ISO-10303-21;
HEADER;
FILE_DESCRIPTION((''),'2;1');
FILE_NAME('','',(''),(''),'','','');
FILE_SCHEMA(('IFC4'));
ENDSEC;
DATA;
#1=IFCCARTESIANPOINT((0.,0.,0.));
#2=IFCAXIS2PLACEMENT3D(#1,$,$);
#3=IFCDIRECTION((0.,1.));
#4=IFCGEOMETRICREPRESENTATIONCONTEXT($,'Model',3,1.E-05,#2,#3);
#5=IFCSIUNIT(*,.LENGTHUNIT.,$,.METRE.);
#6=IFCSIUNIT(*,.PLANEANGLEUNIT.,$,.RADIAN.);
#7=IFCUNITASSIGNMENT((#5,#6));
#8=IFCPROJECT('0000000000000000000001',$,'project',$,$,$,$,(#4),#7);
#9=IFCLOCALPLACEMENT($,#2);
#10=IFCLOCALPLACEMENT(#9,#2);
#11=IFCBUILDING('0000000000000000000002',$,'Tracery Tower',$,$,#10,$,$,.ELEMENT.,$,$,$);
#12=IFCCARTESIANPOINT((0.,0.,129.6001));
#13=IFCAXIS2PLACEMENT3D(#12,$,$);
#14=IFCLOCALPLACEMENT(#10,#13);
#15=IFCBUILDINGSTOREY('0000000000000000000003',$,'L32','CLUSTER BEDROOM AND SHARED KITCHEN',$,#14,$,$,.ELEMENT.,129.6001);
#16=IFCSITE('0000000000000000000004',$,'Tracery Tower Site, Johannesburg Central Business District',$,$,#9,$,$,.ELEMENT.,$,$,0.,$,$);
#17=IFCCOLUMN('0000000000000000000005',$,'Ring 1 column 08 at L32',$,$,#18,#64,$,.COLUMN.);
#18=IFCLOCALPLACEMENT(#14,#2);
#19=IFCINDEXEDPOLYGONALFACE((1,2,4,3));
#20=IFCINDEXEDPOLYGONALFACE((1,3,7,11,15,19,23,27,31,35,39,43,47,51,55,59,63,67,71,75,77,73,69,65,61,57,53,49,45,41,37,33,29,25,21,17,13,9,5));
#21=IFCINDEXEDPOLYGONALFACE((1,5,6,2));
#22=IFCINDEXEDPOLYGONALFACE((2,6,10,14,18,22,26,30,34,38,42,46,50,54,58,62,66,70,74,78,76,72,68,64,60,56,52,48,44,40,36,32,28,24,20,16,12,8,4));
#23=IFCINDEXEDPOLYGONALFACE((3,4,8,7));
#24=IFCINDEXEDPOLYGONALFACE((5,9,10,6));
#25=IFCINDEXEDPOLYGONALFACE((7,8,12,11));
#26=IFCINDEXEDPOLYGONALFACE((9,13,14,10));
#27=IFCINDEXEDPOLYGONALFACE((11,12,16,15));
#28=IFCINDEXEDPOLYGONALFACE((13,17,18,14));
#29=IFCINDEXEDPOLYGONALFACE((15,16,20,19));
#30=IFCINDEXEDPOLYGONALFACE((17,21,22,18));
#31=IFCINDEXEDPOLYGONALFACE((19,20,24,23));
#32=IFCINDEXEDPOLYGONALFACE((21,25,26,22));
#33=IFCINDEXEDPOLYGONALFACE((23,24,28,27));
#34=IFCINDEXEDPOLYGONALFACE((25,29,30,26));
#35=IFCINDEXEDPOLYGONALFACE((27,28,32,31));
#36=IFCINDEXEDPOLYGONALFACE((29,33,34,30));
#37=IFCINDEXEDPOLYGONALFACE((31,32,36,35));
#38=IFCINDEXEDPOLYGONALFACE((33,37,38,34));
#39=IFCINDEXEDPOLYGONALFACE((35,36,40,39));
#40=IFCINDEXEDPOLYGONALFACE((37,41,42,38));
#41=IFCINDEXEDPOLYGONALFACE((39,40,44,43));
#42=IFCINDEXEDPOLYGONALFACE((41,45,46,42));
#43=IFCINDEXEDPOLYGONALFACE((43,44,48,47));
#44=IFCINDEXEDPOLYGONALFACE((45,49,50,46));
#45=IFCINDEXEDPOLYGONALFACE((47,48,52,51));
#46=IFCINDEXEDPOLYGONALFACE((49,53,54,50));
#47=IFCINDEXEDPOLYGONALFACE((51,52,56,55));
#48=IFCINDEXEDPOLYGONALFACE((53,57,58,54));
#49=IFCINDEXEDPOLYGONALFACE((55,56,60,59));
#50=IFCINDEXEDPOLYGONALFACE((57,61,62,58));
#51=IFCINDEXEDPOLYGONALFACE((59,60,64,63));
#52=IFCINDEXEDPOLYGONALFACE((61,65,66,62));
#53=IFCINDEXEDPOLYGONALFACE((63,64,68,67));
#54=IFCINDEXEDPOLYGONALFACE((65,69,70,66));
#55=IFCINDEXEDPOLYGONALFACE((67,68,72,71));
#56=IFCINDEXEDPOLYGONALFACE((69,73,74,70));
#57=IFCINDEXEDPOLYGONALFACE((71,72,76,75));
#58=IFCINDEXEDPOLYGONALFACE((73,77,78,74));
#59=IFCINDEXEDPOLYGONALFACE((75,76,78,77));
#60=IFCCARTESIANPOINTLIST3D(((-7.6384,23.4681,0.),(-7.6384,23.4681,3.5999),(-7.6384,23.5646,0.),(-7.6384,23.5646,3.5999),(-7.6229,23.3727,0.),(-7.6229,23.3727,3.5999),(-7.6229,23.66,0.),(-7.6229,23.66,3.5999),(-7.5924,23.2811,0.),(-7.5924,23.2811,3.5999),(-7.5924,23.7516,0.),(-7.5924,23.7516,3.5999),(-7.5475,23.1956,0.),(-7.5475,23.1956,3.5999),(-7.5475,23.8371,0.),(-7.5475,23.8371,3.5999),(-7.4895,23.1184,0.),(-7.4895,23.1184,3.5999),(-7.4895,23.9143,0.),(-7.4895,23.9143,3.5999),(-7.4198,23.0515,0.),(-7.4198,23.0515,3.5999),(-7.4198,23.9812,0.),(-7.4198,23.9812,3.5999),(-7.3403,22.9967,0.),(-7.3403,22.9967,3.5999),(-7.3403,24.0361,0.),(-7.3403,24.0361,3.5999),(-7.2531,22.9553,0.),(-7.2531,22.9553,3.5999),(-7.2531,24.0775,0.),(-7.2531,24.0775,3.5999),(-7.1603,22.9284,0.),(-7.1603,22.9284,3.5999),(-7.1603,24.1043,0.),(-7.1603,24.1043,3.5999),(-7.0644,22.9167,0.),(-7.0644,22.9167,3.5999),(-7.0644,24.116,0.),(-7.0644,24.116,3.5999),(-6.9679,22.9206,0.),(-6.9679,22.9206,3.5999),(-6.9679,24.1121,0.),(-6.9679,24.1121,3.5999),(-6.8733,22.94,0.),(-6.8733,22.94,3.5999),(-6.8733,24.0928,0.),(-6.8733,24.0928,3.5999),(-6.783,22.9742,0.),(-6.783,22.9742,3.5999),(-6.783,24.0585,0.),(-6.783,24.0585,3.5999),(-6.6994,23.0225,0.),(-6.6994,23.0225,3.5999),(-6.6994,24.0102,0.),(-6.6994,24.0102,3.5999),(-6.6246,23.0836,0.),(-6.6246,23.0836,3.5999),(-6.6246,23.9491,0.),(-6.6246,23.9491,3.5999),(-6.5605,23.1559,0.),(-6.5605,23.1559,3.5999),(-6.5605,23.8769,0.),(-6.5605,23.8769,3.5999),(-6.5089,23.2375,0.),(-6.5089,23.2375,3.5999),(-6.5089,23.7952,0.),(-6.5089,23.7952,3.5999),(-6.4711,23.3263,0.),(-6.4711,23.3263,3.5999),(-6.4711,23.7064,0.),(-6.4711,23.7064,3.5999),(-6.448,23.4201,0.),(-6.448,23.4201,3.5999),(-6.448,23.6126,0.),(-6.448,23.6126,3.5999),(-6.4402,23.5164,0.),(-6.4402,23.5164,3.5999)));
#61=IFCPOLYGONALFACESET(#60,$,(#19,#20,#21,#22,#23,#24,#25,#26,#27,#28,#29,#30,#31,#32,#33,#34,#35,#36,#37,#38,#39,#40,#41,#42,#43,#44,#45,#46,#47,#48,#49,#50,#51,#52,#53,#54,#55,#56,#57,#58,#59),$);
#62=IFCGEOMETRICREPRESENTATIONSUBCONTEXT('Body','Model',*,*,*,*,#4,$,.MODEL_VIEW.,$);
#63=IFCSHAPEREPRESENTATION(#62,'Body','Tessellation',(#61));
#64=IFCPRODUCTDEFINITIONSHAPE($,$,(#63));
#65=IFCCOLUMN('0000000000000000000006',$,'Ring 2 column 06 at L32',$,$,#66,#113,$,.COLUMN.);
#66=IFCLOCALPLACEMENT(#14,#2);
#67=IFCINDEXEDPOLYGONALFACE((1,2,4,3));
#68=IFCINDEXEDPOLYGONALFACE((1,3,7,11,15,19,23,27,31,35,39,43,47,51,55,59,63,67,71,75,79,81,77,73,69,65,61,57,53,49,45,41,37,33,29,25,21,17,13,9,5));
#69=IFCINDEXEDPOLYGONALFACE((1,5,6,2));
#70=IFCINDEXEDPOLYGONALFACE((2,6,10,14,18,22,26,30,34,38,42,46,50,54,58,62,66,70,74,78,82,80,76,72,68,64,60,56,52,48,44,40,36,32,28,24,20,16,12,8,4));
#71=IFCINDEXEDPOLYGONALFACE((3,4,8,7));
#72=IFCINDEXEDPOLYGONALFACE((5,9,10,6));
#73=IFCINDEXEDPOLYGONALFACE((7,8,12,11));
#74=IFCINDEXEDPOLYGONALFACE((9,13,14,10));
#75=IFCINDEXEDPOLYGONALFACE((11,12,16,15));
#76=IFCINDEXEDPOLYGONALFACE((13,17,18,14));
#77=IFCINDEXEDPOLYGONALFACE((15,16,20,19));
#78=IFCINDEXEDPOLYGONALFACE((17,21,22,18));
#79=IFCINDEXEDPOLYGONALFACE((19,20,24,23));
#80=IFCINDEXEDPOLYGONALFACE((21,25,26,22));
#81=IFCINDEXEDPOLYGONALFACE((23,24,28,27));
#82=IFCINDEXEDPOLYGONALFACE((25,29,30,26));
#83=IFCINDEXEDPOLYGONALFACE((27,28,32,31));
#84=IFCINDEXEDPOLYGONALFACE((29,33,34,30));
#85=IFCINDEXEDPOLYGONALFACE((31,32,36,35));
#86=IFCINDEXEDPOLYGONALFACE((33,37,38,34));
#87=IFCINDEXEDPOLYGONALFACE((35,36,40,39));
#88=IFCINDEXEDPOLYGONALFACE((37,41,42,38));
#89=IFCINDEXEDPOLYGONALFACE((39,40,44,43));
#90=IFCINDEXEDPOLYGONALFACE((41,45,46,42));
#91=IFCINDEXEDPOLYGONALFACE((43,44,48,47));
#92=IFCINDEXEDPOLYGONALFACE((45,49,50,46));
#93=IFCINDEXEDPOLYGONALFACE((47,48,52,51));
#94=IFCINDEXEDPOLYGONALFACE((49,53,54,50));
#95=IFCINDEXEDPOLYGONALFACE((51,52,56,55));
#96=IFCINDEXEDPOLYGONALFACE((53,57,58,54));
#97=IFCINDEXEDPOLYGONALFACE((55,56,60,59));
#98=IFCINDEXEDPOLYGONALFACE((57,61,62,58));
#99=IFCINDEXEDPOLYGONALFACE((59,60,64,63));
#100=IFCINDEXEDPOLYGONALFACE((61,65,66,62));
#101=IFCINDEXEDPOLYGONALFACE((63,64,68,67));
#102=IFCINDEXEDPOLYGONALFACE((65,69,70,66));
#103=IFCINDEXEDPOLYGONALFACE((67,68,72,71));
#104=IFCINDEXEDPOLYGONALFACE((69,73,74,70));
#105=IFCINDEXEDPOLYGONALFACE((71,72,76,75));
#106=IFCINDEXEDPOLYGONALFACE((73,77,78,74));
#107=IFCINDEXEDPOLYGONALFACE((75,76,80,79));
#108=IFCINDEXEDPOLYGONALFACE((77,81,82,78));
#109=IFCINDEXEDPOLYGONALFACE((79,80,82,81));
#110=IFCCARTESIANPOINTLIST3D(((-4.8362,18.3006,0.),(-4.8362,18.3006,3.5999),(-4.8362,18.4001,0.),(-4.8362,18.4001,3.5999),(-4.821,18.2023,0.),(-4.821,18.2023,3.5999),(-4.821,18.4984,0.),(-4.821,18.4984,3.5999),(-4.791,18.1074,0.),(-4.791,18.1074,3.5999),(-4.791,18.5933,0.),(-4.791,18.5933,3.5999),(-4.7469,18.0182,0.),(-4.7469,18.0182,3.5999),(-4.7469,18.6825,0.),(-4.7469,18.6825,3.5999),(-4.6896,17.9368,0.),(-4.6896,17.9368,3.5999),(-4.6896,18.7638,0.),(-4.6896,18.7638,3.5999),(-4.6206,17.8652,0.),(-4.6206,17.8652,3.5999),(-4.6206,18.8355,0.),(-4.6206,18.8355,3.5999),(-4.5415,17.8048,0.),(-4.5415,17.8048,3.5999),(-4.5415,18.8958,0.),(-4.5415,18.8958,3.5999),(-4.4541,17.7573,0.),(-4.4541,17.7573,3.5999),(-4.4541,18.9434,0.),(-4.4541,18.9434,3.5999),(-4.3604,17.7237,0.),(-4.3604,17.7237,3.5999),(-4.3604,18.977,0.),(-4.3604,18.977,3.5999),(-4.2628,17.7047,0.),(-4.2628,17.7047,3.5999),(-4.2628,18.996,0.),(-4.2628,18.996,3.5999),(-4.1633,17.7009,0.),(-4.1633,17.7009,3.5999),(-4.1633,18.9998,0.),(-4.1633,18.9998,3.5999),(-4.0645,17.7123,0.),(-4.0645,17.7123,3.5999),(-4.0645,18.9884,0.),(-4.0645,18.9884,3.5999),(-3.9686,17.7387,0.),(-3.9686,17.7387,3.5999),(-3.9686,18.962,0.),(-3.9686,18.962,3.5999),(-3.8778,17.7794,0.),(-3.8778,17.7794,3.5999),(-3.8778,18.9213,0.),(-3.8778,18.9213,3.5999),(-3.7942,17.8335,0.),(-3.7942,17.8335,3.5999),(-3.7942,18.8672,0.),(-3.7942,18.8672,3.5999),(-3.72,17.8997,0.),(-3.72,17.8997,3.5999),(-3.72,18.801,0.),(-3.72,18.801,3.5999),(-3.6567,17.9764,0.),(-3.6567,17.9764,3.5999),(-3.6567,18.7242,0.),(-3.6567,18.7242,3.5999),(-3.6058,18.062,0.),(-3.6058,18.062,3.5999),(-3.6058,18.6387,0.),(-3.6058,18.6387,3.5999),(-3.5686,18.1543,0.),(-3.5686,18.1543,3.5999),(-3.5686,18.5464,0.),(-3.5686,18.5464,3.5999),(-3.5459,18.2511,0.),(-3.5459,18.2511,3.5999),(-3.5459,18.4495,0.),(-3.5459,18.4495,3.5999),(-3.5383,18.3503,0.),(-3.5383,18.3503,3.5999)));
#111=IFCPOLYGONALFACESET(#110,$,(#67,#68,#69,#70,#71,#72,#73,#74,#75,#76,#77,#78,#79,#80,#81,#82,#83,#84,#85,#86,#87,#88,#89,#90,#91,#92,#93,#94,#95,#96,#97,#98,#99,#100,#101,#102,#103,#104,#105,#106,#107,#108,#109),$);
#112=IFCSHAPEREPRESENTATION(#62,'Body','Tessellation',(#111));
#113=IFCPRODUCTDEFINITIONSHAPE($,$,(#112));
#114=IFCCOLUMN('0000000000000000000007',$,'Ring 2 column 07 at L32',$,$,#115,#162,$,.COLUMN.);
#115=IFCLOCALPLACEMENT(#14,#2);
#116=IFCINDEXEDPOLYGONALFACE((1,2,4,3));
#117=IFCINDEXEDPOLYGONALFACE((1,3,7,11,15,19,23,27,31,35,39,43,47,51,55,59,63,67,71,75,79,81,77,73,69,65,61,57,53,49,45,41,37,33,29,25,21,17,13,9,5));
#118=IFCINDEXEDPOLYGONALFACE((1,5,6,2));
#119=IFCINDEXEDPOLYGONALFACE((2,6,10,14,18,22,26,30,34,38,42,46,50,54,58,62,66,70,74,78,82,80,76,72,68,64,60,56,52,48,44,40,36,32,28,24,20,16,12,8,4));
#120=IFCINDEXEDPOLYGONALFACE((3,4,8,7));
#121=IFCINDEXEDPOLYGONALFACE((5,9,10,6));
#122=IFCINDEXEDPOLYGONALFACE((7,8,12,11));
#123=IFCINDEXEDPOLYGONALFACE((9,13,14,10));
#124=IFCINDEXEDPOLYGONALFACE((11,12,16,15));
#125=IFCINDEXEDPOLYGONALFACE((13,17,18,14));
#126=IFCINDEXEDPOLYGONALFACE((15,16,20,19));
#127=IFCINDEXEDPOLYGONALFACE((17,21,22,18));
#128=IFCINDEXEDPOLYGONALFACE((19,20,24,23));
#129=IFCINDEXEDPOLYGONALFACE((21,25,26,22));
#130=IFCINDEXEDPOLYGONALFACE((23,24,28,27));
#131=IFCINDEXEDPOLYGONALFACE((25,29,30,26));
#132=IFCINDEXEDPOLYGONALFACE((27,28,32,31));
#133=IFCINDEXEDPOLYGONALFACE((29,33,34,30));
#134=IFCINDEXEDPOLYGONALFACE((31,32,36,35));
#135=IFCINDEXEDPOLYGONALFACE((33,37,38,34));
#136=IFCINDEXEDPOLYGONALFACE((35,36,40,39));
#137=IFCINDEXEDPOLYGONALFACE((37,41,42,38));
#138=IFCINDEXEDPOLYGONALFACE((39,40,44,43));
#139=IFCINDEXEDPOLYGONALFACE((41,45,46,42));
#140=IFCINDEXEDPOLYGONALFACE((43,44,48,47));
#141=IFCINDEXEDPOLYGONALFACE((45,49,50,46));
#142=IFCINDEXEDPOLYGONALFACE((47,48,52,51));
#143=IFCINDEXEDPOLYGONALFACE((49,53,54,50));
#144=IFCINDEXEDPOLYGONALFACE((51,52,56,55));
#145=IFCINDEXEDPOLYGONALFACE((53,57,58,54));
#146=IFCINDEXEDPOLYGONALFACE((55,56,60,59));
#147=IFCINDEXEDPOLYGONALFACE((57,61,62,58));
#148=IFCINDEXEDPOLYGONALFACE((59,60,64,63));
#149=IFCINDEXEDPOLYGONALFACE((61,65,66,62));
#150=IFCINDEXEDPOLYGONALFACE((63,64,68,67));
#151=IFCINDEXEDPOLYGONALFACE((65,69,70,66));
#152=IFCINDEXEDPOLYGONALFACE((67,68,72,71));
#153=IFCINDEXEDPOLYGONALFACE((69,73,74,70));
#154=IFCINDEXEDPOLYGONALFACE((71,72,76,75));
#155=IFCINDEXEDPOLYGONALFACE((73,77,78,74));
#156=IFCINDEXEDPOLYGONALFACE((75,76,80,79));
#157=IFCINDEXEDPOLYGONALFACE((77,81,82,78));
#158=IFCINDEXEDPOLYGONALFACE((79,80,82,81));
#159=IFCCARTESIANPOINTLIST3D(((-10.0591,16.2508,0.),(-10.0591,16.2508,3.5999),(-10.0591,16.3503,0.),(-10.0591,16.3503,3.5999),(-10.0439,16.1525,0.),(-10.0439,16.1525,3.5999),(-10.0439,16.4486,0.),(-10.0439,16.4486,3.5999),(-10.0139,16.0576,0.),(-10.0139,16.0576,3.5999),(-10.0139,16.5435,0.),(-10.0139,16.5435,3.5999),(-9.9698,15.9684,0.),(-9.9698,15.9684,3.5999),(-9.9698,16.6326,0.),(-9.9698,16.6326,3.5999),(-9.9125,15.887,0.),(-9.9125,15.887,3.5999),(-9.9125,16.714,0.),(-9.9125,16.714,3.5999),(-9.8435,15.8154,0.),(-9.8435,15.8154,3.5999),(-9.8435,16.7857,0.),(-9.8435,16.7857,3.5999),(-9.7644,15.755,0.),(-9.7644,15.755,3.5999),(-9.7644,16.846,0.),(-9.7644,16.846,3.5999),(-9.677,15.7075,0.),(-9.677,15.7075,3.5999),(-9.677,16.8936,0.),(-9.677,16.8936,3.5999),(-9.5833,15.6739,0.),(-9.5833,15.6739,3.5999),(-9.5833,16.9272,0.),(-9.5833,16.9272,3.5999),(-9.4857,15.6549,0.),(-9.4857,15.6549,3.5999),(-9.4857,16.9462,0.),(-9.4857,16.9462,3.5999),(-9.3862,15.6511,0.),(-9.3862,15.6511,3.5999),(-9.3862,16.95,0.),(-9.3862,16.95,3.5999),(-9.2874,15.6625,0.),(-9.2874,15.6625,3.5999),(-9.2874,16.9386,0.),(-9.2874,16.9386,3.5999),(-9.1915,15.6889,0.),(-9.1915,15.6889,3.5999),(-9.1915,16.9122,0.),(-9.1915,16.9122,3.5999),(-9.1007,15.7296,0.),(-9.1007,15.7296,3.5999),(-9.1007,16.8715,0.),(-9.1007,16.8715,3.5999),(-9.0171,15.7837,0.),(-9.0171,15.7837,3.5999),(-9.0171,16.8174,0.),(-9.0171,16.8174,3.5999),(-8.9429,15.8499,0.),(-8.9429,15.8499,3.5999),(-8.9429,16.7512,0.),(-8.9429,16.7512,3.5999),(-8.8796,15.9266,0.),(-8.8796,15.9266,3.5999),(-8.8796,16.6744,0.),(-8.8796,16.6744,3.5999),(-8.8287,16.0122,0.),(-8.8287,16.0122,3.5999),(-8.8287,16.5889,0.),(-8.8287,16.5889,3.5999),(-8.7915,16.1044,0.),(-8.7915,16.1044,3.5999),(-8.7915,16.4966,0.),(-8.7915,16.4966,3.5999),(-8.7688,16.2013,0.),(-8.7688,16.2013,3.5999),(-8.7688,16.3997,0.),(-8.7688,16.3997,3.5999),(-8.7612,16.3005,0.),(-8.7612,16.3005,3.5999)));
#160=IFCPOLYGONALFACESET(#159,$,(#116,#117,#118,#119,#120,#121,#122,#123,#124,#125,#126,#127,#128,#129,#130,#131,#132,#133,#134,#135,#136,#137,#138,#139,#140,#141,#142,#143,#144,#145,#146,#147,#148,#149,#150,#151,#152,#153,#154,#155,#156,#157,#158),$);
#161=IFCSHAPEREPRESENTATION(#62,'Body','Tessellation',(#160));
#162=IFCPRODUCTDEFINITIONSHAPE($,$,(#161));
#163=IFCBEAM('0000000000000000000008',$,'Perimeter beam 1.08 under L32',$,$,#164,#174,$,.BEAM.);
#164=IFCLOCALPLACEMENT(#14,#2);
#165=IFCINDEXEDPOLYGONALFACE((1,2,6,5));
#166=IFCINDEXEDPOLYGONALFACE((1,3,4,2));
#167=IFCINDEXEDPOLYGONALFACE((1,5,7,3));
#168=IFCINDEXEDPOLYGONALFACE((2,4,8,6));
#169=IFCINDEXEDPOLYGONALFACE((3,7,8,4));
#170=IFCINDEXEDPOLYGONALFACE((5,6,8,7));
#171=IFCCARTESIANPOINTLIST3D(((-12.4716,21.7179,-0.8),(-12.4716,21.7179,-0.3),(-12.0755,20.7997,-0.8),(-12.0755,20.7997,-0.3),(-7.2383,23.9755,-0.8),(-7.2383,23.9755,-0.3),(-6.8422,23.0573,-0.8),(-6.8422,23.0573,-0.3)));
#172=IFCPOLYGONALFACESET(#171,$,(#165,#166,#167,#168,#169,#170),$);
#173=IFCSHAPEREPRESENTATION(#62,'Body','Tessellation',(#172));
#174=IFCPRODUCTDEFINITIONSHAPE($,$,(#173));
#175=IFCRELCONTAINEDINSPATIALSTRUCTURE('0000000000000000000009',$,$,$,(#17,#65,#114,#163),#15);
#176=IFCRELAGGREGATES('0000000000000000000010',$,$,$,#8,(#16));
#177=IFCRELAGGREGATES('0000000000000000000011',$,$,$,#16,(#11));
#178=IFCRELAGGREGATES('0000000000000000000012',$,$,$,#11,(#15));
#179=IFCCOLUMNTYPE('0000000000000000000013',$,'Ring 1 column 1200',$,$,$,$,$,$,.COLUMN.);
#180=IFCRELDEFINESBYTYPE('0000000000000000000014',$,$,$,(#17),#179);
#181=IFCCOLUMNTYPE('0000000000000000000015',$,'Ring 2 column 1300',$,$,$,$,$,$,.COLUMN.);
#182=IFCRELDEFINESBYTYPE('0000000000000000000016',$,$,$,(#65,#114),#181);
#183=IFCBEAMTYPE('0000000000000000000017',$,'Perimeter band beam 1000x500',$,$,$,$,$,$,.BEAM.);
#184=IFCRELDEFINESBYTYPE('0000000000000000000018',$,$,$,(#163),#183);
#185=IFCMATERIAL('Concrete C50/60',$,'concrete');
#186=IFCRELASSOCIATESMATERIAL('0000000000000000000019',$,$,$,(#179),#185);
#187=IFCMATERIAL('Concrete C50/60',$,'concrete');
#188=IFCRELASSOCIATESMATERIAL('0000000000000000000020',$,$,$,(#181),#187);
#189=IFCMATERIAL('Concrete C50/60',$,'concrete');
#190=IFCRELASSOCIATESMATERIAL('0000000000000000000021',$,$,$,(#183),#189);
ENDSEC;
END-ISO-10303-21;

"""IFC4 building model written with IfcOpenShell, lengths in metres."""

from ifc_helpers import new_model, si_unit, direction, frame, origin, origin_2d, place, context, subcontext, project, spatial, rectangle, circle, extrude, material, material_profile, profile_set, type_object, element, save


model = new_model("IFC4")

# Units and contexts
model_context = context("Model", 3, precision=1e-05, world=origin(), true_north=direction((0.0, 1.0)))
body_context = subcontext(model_context, "Body", "Model", "MODEL_VIEW")
ifc_project = project(units=[si_unit("LENGTHUNIT", "METRE"), si_unit("PLANEANGLEUNIT", "RADIAN")], contexts=[model_context])

# Site, building, storey
site_placement = place(None, origin())
site = spatial("IfcSite", under=ifc_project, at=site_placement, Name="Tracery Tower Site, Johannesburg Central Business District", CompositionType="ELEMENT", RefElevation=0.0)
building_placement = place(site_placement, origin())
building = spatial("IfcBuilding", under=site, at=building_placement, Name="Tracery Tower", CompositionType="ELEMENT")
storey_placement = place(building_placement, frame((0.0, 0.0, 129.6001)))
storey = spatial("IfcBuildingStorey", under=building, at=storey_placement, Name="L32", Description="CLUSTER BEDROOM AND SHARED KITCHEN", CompositionType="ELEMENT", Elevation=129.6001)

# Columns
ifc_material_1 = material(Name="Concrete C50/60", Category="concrete")
ifc_material_profile_1 = material_profile(ifc_material_1, circle(Radius=0.6001, at=origin_2d()), Name="RC D1200")
ifc_profile_set_1 = profile_set([ifc_material_profile_1], Name="Concrete C50/60")
column_type_1 = type_object("IfcColumnType", Name="Ring 1 column 1200", PredefinedType="COLUMN", material=ifc_profile_set_1)
column_placement = place(storey_placement, frame((-7.0403, 23.5164, 0.0), z_axis=(0.0, 0.0, 1.0), x_axis=(1.0, 0.0, 0.0)))
element("IfcColumn", 1, at=column_placement, inside=storey, type_object=column_type_1, Name="Ring 1 column 08 at L32", PredefinedType="COLUMN", context=body_context, shape_type="SweptSolid", body=[
    extrude(circle(Radius=0.6001, at=origin_2d()), origin(), (0.0, 0.0, 1.0), 3.5999),
])
ifc_material_2 = material(Name="Concrete C50/60", Category="concrete")
ifc_material_profile_2 = material_profile(ifc_material_2, circle(Radius=0.6499, at=origin_2d()), Name="RC D1300")
ifc_profile_set_2 = profile_set([ifc_material_profile_2], Name="Concrete C50/60")
column_type_2 = type_object("IfcColumnType", Name="Ring 2 column 1300", PredefinedType="COLUMN", material=ifc_profile_set_2)
for number, where, z_axis, x_axis, name in (
    (2, (-4.1882, 18.3503, 0.0), (0.0, 0.0, 1.0), (1.0, 0.0, 0.0), "Ring 2 column 06 at L32"),
    (3, (-9.4111, 16.3005, 0.0), (0.0, 0.0, 1.0), (1.0, 0.0, 0.0), "Ring 2 column 07 at L32"),
):
    element("IfcColumn", number, at=place(storey_placement, frame(where, z_axis=z_axis, x_axis=x_axis)), inside=storey, type_object=column_type_2, Name=name, PredefinedType="COLUMN", context=body_context, shape_type="SweptSolid", body=[
        extrude(circle(Radius=0.6499, at=origin_2d()), origin(), (0.0, 0.0, 1.0), 3.5999),
    ])

# Beam
ifc_material_3 = material(Name="Concrete C50/60", Category="concrete")
ifc_material_profile_3 = material_profile(ifc_material_3, rectangle(XDim=1.0, YDim=0.5, at=origin_2d()), Name="RC 1000x500")
ifc_profile_set_3 = profile_set([ifc_material_profile_3], Name="Concrete C50/60")
beam_type = type_object("IfcBeamType", Name="Perimeter band beam 1000x500", PredefinedType="BEAM", material=ifc_profile_set_3)
beam_placement = place(storey_placement, frame((-7.0403, 23.5164, -0.55), z_axis=(-0.91821, -0.396095, 0.0), x_axis=(0.396095, -0.91821, 0.0)))
element("IfcBeam", 4, at=beam_placement, inside=storey, type_object=beam_type, Name="Perimeter beam 1.08 under L32", PredefinedType="BEAM", context=body_context, shape_type="SweptSolid", body=[
    extrude(rectangle(XDim=1.0, YDim=0.5, at=origin_2d()), origin(), (0.0, 0.0, 1.0), 5.6995),
])

save(model, "model.ifc")
